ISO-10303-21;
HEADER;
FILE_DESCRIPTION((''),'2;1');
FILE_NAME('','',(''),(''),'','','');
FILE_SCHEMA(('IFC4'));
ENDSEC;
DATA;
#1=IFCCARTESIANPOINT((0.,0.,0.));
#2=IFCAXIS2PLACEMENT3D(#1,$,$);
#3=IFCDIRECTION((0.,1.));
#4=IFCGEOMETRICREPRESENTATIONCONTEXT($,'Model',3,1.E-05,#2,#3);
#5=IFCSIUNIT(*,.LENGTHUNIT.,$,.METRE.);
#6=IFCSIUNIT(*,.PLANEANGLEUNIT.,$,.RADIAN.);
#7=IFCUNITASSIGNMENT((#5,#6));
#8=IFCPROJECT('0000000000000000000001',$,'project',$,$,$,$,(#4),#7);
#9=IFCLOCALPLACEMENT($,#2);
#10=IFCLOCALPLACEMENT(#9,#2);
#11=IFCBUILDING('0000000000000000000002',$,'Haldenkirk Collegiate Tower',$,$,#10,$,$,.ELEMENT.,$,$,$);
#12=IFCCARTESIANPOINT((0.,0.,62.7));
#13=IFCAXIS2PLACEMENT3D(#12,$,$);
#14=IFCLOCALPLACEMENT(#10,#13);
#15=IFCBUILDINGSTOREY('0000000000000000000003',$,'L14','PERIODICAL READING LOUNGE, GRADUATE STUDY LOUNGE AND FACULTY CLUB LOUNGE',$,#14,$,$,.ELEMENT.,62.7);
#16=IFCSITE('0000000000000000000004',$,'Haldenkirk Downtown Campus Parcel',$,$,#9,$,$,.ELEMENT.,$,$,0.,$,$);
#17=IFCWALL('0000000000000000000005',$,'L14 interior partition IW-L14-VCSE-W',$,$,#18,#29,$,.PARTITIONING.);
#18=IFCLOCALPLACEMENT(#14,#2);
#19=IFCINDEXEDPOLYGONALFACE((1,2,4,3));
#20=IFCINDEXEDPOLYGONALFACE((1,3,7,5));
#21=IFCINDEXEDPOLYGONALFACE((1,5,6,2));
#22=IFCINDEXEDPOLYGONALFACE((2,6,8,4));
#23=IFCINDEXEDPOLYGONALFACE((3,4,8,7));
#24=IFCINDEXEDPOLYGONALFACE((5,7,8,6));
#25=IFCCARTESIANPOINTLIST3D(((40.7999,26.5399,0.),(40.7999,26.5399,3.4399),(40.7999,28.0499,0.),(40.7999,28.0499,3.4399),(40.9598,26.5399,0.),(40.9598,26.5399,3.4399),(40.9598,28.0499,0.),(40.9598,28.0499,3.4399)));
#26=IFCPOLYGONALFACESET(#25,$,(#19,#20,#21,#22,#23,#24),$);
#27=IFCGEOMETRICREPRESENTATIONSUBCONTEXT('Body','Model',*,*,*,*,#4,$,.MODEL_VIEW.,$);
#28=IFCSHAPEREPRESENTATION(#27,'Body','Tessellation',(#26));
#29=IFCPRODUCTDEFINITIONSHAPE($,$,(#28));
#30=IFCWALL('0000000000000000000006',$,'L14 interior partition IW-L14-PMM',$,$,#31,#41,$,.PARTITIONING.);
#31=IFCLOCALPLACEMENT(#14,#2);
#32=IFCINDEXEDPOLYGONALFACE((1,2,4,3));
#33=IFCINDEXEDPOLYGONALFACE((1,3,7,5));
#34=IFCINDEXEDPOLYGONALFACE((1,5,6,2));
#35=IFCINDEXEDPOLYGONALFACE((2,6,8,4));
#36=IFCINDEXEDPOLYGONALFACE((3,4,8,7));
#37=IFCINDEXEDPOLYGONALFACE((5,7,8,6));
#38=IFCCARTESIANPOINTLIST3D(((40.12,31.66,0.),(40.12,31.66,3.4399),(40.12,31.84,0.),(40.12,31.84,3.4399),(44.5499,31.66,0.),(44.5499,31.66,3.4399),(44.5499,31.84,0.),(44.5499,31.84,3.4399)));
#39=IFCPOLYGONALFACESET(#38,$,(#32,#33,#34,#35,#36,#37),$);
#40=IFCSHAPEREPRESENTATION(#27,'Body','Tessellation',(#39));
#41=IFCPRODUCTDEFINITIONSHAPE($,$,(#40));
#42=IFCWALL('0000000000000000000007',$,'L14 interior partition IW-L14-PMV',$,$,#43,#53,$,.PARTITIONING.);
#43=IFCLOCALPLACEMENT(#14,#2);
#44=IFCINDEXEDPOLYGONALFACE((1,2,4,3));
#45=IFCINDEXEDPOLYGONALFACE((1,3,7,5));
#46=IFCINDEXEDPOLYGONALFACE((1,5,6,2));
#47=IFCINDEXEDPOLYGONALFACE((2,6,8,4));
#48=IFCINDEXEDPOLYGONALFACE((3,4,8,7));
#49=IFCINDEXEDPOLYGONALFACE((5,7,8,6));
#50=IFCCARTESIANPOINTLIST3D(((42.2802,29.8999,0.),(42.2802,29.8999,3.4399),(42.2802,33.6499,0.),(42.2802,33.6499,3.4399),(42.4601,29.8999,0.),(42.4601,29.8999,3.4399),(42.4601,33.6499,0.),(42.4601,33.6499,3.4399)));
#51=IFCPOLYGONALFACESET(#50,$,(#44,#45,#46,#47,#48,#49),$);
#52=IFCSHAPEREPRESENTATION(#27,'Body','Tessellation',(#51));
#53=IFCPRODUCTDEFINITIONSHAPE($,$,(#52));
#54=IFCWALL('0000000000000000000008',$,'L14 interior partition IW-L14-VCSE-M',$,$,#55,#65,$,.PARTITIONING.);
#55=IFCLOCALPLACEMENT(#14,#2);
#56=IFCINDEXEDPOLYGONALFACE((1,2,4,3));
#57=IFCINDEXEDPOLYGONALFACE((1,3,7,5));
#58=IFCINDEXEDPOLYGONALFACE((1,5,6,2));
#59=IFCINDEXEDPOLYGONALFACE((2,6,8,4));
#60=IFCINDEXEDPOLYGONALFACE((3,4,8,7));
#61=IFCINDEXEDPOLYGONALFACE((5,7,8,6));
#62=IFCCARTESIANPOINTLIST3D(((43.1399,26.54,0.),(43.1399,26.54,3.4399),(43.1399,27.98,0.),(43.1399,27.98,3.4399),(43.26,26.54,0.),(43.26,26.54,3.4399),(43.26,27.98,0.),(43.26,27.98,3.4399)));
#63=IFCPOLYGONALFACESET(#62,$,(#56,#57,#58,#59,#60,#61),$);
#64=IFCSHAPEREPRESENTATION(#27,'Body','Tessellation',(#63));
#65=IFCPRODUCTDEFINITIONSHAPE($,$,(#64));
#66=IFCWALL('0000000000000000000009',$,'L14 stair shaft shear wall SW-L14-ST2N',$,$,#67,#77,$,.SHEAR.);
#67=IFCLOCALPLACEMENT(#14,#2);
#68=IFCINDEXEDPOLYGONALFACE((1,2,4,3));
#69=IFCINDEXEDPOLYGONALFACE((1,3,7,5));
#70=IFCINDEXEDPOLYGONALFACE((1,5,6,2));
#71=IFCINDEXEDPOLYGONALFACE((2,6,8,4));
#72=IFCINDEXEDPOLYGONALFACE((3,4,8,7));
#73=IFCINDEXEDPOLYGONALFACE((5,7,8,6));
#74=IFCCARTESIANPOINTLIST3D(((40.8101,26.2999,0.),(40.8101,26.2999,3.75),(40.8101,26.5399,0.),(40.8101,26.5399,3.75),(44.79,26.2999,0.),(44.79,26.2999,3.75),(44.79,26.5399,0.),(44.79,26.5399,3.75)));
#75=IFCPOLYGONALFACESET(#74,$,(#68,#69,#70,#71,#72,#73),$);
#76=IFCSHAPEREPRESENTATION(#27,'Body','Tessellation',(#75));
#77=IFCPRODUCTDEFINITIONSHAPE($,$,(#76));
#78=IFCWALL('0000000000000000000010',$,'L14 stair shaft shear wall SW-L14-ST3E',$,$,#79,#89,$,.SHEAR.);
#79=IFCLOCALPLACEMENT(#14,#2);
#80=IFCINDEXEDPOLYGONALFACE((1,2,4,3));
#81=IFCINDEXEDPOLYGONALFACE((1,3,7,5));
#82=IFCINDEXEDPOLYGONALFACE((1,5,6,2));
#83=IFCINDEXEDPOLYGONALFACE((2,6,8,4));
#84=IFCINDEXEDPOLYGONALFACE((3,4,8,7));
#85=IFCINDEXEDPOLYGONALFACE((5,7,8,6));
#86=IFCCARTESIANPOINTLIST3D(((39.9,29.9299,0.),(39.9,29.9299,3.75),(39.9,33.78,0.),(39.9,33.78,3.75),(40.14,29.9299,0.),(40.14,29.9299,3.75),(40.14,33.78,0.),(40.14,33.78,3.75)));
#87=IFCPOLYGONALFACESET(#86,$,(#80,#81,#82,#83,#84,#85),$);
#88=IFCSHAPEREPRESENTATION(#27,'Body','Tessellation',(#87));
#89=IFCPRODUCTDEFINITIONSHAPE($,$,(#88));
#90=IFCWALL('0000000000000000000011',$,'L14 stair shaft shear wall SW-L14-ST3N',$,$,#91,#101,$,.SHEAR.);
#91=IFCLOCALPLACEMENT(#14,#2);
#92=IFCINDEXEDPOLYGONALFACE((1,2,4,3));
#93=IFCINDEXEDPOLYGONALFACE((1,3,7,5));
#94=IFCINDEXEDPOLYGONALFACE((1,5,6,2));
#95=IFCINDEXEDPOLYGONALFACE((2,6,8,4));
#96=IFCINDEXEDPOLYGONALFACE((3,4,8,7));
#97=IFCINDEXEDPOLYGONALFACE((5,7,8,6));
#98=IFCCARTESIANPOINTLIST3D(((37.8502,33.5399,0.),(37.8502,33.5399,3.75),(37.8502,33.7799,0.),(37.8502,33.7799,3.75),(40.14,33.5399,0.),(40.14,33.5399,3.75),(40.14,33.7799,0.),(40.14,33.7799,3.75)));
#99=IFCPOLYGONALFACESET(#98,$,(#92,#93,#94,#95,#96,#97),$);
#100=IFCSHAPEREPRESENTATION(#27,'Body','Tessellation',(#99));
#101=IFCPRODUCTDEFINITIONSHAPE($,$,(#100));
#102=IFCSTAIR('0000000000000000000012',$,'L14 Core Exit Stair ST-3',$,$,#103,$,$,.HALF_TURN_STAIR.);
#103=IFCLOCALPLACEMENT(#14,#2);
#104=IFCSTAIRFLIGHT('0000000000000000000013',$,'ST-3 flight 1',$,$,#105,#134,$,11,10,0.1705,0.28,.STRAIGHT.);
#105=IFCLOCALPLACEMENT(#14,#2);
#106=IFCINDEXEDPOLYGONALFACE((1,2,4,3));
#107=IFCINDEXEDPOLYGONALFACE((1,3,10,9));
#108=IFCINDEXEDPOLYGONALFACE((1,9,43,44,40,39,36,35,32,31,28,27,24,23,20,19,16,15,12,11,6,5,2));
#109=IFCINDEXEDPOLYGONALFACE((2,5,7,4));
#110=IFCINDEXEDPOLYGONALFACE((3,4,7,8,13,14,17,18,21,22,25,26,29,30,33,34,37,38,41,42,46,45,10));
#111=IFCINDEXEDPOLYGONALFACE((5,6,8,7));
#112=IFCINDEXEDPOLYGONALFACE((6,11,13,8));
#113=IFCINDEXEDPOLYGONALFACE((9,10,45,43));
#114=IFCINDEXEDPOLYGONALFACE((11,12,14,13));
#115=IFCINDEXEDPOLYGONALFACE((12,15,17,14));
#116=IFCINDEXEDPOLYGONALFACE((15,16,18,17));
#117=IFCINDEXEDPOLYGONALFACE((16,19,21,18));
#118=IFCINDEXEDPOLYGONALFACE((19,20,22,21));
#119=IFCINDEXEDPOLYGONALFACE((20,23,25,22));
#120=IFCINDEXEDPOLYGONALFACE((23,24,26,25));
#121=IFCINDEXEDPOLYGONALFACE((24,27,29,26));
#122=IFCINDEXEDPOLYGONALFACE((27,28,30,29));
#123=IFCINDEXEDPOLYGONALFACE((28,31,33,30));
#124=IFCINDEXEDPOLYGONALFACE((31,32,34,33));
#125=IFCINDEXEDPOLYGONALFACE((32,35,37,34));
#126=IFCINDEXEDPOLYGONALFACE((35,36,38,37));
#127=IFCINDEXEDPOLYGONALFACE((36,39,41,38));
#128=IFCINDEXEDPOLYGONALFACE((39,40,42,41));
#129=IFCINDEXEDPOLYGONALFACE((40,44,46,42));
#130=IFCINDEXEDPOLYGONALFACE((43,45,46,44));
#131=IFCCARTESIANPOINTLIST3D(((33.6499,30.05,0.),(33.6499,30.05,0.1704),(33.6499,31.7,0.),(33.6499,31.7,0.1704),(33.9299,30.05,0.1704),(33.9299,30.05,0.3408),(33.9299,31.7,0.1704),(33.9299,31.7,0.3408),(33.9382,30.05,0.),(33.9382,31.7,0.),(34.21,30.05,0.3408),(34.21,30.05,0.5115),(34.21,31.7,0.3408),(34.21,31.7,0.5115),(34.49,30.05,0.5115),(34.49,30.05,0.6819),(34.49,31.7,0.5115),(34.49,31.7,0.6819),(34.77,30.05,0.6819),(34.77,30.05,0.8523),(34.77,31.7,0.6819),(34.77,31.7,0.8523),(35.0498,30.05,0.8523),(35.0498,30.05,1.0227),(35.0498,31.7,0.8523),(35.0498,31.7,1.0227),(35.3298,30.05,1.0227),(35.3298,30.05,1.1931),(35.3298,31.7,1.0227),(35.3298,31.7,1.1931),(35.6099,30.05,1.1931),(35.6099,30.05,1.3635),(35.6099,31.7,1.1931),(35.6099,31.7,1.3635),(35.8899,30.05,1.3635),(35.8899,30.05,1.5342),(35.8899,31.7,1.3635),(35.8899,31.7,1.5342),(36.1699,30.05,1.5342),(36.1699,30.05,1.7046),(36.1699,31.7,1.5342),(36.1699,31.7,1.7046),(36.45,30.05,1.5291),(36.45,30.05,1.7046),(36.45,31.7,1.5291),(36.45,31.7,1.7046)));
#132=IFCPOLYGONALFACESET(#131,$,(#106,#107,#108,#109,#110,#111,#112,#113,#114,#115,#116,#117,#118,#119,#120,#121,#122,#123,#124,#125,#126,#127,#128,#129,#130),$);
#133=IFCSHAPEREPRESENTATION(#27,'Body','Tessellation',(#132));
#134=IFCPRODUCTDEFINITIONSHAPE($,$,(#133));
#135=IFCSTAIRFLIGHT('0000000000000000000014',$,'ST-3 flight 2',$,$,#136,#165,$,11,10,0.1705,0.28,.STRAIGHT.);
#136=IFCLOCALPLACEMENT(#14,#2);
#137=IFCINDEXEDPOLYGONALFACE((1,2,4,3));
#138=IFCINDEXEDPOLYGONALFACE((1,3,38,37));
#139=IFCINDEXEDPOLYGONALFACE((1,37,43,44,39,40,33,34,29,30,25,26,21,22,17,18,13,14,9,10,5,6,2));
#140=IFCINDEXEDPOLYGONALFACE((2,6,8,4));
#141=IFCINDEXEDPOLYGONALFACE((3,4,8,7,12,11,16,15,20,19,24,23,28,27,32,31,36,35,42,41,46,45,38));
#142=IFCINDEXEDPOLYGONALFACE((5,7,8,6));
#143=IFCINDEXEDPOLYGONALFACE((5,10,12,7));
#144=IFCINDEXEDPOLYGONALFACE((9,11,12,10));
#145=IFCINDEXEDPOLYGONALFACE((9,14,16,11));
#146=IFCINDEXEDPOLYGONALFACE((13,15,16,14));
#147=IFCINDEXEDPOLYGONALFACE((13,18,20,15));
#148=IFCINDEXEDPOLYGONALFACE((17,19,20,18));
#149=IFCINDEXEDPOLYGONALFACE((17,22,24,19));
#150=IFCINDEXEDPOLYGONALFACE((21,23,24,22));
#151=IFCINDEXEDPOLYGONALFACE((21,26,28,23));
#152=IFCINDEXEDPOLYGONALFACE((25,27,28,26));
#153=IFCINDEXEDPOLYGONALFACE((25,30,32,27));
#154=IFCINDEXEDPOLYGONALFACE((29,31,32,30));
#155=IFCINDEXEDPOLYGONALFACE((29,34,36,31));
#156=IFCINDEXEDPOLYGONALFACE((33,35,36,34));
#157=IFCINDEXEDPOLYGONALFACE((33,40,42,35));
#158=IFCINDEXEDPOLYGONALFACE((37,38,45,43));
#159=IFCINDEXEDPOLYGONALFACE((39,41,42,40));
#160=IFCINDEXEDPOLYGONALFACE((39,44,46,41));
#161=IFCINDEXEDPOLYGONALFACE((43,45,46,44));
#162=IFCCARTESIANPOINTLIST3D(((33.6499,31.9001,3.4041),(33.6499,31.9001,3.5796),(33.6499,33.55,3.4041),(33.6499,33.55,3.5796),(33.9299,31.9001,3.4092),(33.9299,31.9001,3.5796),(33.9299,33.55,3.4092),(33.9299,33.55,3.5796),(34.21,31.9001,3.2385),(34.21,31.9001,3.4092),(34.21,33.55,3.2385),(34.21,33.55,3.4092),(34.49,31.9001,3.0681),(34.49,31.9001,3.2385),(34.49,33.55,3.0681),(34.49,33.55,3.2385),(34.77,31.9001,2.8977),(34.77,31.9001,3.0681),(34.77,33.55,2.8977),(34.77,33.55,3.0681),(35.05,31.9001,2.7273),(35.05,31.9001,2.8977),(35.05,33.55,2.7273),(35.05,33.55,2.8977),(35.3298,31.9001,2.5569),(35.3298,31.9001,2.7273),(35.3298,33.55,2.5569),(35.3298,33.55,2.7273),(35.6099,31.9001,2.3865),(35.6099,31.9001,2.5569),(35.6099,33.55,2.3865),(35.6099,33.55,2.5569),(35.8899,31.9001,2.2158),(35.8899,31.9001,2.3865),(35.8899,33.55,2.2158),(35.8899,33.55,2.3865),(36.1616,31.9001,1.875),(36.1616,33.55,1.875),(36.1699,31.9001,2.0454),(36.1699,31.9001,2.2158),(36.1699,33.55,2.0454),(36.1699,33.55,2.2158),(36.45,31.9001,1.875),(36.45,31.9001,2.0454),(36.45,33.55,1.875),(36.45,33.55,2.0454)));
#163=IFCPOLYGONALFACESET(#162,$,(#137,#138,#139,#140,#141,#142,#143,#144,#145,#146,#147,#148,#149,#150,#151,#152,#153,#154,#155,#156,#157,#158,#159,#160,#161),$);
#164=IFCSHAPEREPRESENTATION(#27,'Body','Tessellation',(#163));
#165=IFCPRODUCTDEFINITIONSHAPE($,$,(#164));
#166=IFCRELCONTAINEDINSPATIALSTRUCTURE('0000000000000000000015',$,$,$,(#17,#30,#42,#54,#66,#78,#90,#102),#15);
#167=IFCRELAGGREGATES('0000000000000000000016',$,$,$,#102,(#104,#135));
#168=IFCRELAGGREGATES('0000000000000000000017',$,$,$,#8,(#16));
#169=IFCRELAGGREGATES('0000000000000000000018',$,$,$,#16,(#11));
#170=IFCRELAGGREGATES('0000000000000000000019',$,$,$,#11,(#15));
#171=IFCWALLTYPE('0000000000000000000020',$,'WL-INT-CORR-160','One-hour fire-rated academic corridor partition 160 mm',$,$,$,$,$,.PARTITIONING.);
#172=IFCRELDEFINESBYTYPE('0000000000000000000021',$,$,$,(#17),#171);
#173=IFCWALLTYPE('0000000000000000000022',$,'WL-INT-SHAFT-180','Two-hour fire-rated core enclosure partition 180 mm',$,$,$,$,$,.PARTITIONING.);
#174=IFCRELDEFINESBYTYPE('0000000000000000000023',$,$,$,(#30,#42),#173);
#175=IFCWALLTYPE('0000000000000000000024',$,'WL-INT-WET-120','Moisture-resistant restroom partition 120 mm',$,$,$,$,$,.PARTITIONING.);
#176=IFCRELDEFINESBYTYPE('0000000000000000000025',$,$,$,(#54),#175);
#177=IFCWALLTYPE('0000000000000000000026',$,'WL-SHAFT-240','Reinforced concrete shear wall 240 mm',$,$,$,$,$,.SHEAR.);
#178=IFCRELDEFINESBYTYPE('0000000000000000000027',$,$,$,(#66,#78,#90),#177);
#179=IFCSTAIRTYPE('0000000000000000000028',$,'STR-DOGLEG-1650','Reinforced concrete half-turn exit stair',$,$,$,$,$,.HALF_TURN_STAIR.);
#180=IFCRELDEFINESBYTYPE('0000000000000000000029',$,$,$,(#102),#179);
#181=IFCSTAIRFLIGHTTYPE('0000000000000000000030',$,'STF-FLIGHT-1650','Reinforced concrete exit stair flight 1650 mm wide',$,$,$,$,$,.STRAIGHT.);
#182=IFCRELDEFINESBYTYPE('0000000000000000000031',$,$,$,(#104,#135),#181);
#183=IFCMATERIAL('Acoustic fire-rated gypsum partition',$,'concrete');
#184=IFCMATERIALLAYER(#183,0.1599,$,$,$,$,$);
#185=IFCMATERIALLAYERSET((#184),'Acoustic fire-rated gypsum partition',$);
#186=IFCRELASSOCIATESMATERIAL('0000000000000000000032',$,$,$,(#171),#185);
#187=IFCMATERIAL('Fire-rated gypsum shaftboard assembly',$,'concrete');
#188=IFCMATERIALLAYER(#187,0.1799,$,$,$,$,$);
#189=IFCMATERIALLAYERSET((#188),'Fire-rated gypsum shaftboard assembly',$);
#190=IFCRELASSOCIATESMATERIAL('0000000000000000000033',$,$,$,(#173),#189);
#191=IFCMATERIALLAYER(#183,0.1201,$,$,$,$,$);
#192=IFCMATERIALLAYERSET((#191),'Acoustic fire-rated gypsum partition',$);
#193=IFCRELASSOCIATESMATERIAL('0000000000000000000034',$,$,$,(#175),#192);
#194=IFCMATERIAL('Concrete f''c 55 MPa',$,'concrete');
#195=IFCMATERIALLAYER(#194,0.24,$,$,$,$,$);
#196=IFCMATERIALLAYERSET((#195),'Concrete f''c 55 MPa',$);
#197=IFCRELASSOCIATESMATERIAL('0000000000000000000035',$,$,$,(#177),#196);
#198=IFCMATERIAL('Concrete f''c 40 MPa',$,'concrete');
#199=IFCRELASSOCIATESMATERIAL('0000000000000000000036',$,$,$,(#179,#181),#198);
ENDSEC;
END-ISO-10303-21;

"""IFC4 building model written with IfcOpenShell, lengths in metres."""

from ifc_helpers import new_model, si_unit, direction, frame, frame_2d, origin, place, context, subcontext, project, spatial, polyline, rectangle, outline, extrude, material, layer, layer_set, type_object, element, aggregate, save


model = new_model("IFC4")

# Units and contexts
model_context = context("Model", 3, precision=1e-05, world=origin(), true_north=direction((0.0, 1.0)))
body_context = subcontext(model_context, "Body", "Model", "MODEL_VIEW")
ifc_project = project(units=[si_unit("LENGTHUNIT", "METRE"), si_unit("PLANEANGLEUNIT", "RADIAN")], contexts=[model_context])

# Site, building, storey
site_placement = place(None, origin())
site = spatial("IfcSite", under=ifc_project, at=site_placement, Name="Haldenkirk Downtown Campus Parcel", CompositionType="ELEMENT", RefElevation=0.0)
building_placement = place(site_placement, origin())
building = spatial("IfcBuilding", under=site, at=building_placement, Name="Haldenkirk Collegiate Tower", CompositionType="ELEMENT")
storey_placement = place(building_placement, frame((0.0, 0.0, 62.7)))
storey = spatial("IfcBuildingStorey", under=building, at=storey_placement, Name="L14", Description="PERIODICAL READING LOUNGE, GRADUATE STUDY LOUNGE AND FACULTY CLUB LOUNGE", CompositionType="ELEMENT", Elevation=62.7)

# Shared definitions
ifc_material_1 = material(Name="Acoustic fire-rated gypsum partition", Category="concrete")
ifc_layer_1 = layer(ifc_material_1, 0.1599)
ifc_layer_set_1 = layer_set([ifc_layer_1], Name="Acoustic fire-rated gypsum partition")
wall_type_1 = type_object("IfcWallType", Name="WL-INT-CORR-160", Description="One-hour fire-rated academic corridor partition 160 mm", PredefinedType="PARTITIONING", material=ifc_layer_set_1)

# Wall
wall_1_placement = place(storey_placement, frame((40.8799, 26.54, 0.0), z_axis=(0.0, 0.0, 1.0), x_axis=(0.0, 1.0, 0.0)))
element("IfcWall", 1, at=wall_1_placement, inside=storey, type_object=wall_type_1, Name="L14 interior partition IW-L14-VCSE-W", PredefinedType="PARTITIONING", context=body_context, shape_type="SweptSolid", body=[
    extrude(rectangle(XDim=1.51, YDim=0.1599, at=frame_2d((0.7549, 0.0))), origin(), (0.0, 0.0, 1.0), 3.4399),
])

# Shared definitions
ifc_material_2 = material(Name="Fire-rated gypsum shaftboard assembly", Category="concrete")
ifc_layer_2 = layer(ifc_material_2, 0.1799)
ifc_layer_set_2 = layer_set([ifc_layer_2], Name="Fire-rated gypsum shaftboard assembly")
wall_type_2 = type_object("IfcWallType", Name="WL-INT-SHAFT-180", Description="Two-hour fire-rated core enclosure partition 180 mm", PredefinedType="PARTITIONING", material=ifc_layer_set_2)

# Walls
wall_2_placement = place(storey_placement, frame((40.1201, 31.75, 0.0), z_axis=(0.0, 0.0, 1.0), x_axis=(1.0, 0.0, 0.0)))
element("IfcWall", 2, at=wall_2_placement, inside=storey, type_object=wall_type_2, Name="L14 interior partition IW-L14-PMM", PredefinedType="PARTITIONING", context=body_context, shape_type="SweptSolid", body=[
    extrude(rectangle(XDim=4.4299, YDim=0.1799, at=frame_2d((2.2148, 0.0))), origin(), (0.0, 0.0, 1.0), 3.4399),
])
wall_3_placement = place(storey_placement, frame((42.3701, 29.8999, 0.0), z_axis=(0.0, 0.0, 1.0), x_axis=(0.0, 1.0, 0.0)))
element("IfcWall", 3, at=wall_3_placement, inside=storey, type_object=wall_type_2, Name="L14 interior partition IW-L14-PMV", PredefinedType="PARTITIONING", context=body_context, shape_type="SweptSolid", body=[
    extrude(rectangle(XDim=3.75, YDim=0.1799, at=frame_2d((1.875, 0.0))), origin(), (0.0, 0.0, 1.0), 3.4399),
])
ifc_layer_3 = layer(ifc_material_1, 0.1201)
ifc_layer_set_3 = layer_set([ifc_layer_3], Name="Acoustic fire-rated gypsum partition")
wall_type_3 = type_object("IfcWallType", Name="WL-INT-WET-120", Description="Moisture-resistant restroom partition 120 mm", PredefinedType="PARTITIONING", material=ifc_layer_set_3)
wall_4_placement = place(storey_placement, frame((43.2, 26.54, 0.0), z_axis=(0.0, 0.0, 1.0), x_axis=(0.0, 1.0, 0.0)))
element("IfcWall", 4, at=wall_4_placement, inside=storey, type_object=wall_type_3, Name="L14 interior partition IW-L14-VCSE-M", PredefinedType="PARTITIONING", context=body_context, shape_type="SweptSolid", body=[
    extrude(rectangle(XDim=1.4399, YDim=0.1201, at=frame_2d((0.72, 0.0))), origin(), (0.0, 0.0, 1.0), 3.4399),
])
ifc_material_3 = material(Name="Concrete f'c 55 MPa", Category="concrete")
ifc_layer_4 = layer(ifc_material_3, 0.24)
ifc_layer_set_4 = layer_set([ifc_layer_4], Name="Concrete f'c 55 MPa")
wall_type_4 = type_object("IfcWallType", Name="WL-SHAFT-240", Description="Reinforced concrete shear wall 240 mm", PredefinedType="SHEAR", material=ifc_layer_set_4)
wall_5_placement = place(storey_placement, frame((40.8101, 26.4199, 0.0), z_axis=(0.0, 0.0, 1.0), x_axis=(1.0, 0.0, 0.0)))
element("IfcWall", 5, at=wall_5_placement, inside=storey, type_object=wall_type_4, Name="L14 stair shaft shear wall SW-L14-ST2N", PredefinedType="SHEAR", context=body_context, shape_type="SweptSolid", body=[
    extrude(rectangle(XDim=3.98, YDim=0.24, at=frame_2d((1.99, 0.0))), origin(), (0.0, 0.0, 1.0), 3.75),
])
wall_6_placement = place(storey_placement, frame((40.02, 29.9299, 0.0), z_axis=(0.0, 0.0, 1.0), x_axis=(0.0, 1.0, 0.0)))
element("IfcWall", 6, at=wall_6_placement, inside=storey, type_object=wall_type_4, Name="L14 stair shaft shear wall SW-L14-ST3E", PredefinedType="SHEAR", context=body_context, shape_type="SweptSolid", body=[
    extrude(rectangle(XDim=3.8501, YDim=0.24, at=frame_2d((1.925, 0.0))), origin(), (0.0, 0.0, 1.0), 3.75),
])
wall_7_placement = place(storey_placement, frame((37.8501, 33.6599, 0.0), z_axis=(0.0, 0.0, 1.0), x_axis=(1.0, 0.0, 0.0)))
element("IfcWall", 7, at=wall_7_placement, inside=storey, type_object=wall_type_4, Name="L14 stair shaft shear wall SW-L14-ST3N", PredefinedType="SHEAR", context=body_context, shape_type="SweptSolid", body=[
    extrude(rectangle(XDim=2.2898, YDim=0.24, at=frame_2d((1.145, 0.0))), origin(), (0.0, 0.0, 1.0), 3.75),
])

# Stair, stair flights
ifc_material_4 = material(Name="Concrete f'c 40 MPa", Category="concrete")
stair_type = type_object("IfcStairType", Name="STR-DOGLEG-1650", Description="Reinforced concrete half-turn exit stair", PredefinedType="HALF_TURN_STAIR", material=ifc_material_4)
stair_placement = place(storey_placement, origin())
stair = element("IfcStair", 8, at=stair_placement, inside=storey, type_object=stair_type, Name="L14 Core Exit Stair ST-3", PredefinedType="HALF_TURN_STAIR")
stair_flight_type = type_object("IfcStairFlightType", Name="STF-FLIGHT-1650", Description="Reinforced concrete exit stair flight 1650 mm wide", PredefinedType="STRAIGHT", material=ifc_material_4)
stair_flight_1_placement = place(storey_placement, frame((33.6499, 30.875, 0.0), z_axis=(0.0, 0.0, 1.0), x_axis=(1.0, 0.0, 0.0)))
stair_flight_1 = element("IfcStairFlight", 9, at=stair_flight_1_placement, type_object=stair_flight_type, Name="ST-3 flight 1", NumberOfRisers=11, NumberOfTreads=10, PredefinedType="STRAIGHT", RiserHeight=0.1705, TreadLength=0.28, context=body_context, shape_type="SweptSolid", body=[
    extrude(outline(polyline([(0.0, 0.0), (0.0, 0.1704), (0.28, 0.1704), (0.28, 0.3408), (0.5601, 0.3408), (0.5601, 0.5115), (0.8401, 0.5115), (0.8401, 0.6819), (1.1201, 0.6819), (1.1201, 0.8523), (1.3999, 0.8523), (1.3999, 1.0227), (1.6799, 1.0227), (1.6799, 1.1931), (1.96, 1.1931), (1.96, 1.3635), (2.24, 1.3635), (2.24, 1.5342), (2.52, 1.5342), (2.52, 1.7046), (2.8, 1.7046), (2.8, 1.875), (2.8, 1.5291), (0.2883, 0.0), (0.0, 0.0)])), frame((0.0, 0.825, 0.0), z_axis=(0.0, -1.0, 0.0), x_axis=(1.0, 0.0, 0.0)), (0.0, 0.0, 1.0), 1.6499),
])
stair_flight_2_placement = place(storey_placement, frame((36.45, 32.7251, 1.875), z_axis=(0.0, 0.0, 1.0), x_axis=(-1.0, 0.0, 0.0)))
stair_flight_2 = element("IfcStairFlight", 10, at=stair_flight_2_placement, type_object=stair_flight_type, Name="ST-3 flight 2", NumberOfRisers=11, NumberOfTreads=10, PredefinedType="STRAIGHT", RiserHeight=0.1705, TreadLength=0.28, context=body_context, shape_type="SweptSolid", body=[
    extrude(outline(polyline([(0.0, 0.0), (0.0, 0.1704), (0.28, 0.1704), (0.28, 0.3408), (0.5601, 0.3408), (0.5601, 0.5115), (0.8401, 0.5115), (0.8401, 0.6819), (1.1201, 0.6819), (1.1201, 0.8523), (1.3999, 0.8523), (1.3999, 1.0227), (1.6799, 1.0227), (1.6799, 1.1931), (1.96, 1.1931), (1.96, 1.3635), (2.24, 1.3635), (2.24, 1.5342), (2.52, 1.5342), (2.52, 1.7046), (2.8, 1.7046), (2.8, 1.875), (2.8, 1.5291), (0.2883, 0.0), (0.0, 0.0)])), frame((0.0, 0.825, 0.0), z_axis=(0.0, -1.0, 0.0), x_axis=(1.0, 0.0, 0.0)), (0.0, 0.0, 1.0), 1.6499),
])
aggregate(stair, [stair_flight_1, stair_flight_2])

save(model, "model.ifc")
